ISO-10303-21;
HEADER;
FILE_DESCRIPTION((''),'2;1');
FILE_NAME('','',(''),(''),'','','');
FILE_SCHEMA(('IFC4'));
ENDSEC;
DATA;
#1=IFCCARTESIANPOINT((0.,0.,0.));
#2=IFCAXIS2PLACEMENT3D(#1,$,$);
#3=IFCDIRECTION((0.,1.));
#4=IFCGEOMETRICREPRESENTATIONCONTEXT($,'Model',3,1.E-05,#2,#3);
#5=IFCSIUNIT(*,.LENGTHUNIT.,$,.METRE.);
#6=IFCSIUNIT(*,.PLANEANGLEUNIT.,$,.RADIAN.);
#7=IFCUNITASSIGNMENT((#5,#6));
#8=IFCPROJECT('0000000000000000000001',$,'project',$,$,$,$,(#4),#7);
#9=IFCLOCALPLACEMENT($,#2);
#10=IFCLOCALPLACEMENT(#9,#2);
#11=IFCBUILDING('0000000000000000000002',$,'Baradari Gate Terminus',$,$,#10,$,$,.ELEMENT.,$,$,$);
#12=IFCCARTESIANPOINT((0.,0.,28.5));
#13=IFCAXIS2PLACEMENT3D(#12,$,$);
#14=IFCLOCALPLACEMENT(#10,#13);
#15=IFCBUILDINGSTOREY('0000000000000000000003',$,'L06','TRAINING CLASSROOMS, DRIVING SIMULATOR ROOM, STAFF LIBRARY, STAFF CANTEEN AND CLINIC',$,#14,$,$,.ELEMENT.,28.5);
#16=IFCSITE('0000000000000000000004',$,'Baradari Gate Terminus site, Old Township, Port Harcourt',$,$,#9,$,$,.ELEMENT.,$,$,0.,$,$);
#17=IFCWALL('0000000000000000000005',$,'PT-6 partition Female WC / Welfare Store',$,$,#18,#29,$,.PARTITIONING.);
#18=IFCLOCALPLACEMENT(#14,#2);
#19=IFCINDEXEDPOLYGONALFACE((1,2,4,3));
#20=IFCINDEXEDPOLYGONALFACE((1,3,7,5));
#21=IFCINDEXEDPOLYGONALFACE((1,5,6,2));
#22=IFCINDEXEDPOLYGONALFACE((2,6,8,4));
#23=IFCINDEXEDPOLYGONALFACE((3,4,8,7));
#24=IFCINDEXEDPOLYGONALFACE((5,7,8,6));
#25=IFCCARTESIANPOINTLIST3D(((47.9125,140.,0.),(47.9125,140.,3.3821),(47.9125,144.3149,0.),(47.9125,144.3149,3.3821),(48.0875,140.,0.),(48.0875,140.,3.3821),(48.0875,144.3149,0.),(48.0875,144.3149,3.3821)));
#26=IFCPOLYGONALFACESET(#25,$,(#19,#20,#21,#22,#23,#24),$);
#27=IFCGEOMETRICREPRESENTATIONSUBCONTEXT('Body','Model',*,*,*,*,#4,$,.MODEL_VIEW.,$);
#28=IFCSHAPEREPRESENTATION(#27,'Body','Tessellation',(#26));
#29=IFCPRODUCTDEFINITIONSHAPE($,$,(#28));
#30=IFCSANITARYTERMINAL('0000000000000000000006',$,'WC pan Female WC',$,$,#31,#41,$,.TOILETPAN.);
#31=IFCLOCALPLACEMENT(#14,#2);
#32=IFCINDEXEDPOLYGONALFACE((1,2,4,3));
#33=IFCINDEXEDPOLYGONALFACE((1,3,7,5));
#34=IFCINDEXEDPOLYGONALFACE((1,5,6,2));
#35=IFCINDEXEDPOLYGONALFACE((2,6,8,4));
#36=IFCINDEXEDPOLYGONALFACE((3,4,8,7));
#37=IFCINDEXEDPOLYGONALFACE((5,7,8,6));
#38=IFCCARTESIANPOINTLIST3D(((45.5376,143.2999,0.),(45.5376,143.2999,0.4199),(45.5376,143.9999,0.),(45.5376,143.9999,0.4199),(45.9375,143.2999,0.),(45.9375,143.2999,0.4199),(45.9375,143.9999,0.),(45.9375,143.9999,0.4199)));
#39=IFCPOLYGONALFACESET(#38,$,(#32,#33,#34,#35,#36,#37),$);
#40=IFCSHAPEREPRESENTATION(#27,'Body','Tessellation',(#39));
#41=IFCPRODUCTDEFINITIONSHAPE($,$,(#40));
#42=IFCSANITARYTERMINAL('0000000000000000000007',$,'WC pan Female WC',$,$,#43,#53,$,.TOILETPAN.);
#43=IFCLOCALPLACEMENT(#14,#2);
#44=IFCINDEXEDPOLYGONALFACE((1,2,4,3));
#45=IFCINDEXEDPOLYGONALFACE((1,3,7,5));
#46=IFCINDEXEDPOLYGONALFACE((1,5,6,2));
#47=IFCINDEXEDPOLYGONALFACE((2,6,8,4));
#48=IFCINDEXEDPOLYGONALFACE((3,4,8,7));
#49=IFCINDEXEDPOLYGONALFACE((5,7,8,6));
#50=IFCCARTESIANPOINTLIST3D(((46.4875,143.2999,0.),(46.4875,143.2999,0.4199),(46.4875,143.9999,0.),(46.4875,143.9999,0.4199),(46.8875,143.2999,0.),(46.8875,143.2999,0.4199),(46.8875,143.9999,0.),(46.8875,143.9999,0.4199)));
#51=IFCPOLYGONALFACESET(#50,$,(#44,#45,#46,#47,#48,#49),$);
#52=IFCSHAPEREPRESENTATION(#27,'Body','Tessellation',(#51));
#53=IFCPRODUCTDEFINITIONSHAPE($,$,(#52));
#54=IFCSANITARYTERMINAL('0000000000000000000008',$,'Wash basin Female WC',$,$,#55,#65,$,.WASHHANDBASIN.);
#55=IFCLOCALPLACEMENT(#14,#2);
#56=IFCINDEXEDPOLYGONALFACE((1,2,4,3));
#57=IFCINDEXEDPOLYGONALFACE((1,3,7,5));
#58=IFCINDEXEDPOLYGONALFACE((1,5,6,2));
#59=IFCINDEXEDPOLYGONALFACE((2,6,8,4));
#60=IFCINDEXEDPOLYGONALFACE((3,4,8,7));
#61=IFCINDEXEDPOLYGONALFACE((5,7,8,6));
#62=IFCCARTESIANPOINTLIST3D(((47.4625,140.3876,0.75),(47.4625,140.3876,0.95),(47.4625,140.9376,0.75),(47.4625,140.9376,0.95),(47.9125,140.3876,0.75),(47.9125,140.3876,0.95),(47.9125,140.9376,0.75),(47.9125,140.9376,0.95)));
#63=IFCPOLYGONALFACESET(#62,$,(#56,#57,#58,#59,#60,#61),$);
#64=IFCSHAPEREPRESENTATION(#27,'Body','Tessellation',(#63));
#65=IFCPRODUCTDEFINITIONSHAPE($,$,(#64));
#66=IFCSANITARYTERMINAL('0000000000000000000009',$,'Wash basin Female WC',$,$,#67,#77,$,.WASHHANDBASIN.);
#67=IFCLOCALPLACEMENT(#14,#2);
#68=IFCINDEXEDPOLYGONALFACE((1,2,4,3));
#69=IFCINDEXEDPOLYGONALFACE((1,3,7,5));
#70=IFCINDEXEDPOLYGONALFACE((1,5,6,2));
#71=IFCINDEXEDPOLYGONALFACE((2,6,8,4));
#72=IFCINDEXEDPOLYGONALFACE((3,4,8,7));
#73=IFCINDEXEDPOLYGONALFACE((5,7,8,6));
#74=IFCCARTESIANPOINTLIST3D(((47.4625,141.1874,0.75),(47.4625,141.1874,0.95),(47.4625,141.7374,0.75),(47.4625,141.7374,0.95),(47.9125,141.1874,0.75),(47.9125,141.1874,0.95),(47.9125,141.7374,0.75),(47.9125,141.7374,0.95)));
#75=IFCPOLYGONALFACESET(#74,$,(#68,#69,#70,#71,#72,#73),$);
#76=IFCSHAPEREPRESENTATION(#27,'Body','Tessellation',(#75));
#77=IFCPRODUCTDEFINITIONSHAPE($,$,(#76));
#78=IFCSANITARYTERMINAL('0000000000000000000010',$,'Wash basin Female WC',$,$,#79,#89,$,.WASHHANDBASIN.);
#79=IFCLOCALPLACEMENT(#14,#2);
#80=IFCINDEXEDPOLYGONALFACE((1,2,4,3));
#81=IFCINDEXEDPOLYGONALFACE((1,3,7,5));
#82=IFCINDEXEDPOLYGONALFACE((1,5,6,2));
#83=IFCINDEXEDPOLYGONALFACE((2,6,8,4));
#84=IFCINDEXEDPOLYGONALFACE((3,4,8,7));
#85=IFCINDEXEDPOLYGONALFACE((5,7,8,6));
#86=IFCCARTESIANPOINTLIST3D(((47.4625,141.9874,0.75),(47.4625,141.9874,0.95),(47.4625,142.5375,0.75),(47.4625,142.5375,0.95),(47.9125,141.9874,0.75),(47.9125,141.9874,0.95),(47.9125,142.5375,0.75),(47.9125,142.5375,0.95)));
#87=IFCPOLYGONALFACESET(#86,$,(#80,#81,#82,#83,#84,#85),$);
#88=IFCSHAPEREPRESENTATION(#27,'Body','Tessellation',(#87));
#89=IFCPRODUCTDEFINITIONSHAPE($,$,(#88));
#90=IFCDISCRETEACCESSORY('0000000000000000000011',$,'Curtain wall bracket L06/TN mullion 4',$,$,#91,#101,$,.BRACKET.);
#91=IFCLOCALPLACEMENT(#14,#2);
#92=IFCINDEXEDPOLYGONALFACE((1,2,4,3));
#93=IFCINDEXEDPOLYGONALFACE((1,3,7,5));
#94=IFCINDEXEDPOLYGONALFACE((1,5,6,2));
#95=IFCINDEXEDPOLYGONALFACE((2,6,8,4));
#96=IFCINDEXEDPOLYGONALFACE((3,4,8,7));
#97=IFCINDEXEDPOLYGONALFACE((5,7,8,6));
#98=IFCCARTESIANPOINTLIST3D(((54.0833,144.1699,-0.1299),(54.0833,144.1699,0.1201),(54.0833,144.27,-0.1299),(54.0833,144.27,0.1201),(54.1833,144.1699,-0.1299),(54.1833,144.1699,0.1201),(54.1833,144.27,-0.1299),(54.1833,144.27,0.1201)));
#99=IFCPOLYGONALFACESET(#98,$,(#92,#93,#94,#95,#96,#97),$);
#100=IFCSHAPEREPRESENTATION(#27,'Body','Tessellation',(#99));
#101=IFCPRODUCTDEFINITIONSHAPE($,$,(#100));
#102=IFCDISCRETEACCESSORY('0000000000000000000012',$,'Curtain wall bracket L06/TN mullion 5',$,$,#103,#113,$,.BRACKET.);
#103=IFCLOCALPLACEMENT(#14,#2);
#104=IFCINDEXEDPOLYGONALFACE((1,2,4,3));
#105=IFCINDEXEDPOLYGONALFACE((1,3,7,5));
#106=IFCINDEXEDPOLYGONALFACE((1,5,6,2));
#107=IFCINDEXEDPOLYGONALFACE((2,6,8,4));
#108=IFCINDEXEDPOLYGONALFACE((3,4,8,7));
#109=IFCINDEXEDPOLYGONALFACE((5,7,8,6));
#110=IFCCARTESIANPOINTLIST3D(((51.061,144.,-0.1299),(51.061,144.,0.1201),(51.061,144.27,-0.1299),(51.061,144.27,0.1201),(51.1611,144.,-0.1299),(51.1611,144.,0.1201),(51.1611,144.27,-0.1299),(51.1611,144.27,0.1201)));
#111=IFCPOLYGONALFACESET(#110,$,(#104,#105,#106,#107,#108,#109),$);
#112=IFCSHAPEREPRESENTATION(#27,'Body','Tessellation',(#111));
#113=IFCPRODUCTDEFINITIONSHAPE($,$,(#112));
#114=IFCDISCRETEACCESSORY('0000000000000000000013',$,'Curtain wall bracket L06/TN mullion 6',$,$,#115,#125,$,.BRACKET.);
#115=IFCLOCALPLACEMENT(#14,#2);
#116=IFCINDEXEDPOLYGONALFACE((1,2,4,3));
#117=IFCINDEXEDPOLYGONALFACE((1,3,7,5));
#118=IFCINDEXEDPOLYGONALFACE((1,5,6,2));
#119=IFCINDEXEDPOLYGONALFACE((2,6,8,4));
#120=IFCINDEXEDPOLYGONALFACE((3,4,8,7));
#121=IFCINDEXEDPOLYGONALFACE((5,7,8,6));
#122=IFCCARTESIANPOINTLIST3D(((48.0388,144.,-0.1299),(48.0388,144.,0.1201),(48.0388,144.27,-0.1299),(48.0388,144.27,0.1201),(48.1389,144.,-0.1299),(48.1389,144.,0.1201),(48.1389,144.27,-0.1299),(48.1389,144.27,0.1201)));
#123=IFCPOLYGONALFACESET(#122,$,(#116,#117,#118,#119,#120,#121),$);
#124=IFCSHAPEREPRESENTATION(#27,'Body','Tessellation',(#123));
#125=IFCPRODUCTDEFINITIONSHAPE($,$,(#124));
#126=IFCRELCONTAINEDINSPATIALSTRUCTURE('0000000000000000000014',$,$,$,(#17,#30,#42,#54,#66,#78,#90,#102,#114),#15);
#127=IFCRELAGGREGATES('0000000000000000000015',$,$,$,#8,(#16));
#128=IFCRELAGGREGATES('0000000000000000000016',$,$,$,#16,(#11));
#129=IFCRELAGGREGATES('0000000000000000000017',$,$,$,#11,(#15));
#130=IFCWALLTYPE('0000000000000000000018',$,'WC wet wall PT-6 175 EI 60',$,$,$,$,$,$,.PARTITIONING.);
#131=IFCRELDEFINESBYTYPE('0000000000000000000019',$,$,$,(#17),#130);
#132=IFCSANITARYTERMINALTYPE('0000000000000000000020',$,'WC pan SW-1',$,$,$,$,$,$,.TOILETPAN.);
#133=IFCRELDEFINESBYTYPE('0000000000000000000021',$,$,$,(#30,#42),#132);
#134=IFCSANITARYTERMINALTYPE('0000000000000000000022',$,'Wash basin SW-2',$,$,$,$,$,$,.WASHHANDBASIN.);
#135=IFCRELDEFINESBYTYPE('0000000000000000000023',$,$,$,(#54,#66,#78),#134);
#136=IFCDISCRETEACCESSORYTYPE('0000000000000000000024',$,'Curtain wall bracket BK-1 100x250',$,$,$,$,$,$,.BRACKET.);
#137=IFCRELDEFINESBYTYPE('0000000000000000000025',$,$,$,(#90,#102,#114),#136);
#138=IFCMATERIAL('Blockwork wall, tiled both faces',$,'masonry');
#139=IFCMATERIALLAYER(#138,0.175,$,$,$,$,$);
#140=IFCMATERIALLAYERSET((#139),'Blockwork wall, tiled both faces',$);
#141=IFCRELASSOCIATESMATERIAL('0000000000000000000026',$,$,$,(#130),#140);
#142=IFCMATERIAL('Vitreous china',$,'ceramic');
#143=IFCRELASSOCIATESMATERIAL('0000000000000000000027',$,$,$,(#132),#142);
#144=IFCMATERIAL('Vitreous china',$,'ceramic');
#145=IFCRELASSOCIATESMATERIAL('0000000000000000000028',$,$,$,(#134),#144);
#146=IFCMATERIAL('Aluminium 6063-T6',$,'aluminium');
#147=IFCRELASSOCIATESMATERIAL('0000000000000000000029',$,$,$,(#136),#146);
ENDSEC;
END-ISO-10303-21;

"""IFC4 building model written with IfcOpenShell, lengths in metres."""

from ifc_helpers import new_model, si_unit, direction, frame, frame_2d, origin, origin_2d, place, context, subcontext, project, spatial, rectangle, extrude, material, layer, layer_set, type_object, element, save


model = new_model("IFC4")

# Units and contexts
model_context = context("Model", 3, precision=1e-05, world=origin(), true_north=direction((0.0, 1.0)))
body_context = subcontext(model_context, "Body", "Model", "MODEL_VIEW")
ifc_project = project(units=[si_unit("LENGTHUNIT", "METRE"), si_unit("PLANEANGLEUNIT", "RADIAN")], contexts=[model_context])

# Site, building, storey
site_placement = place(None, origin())
site = spatial("IfcSite", under=ifc_project, at=site_placement, Name="Baradari Gate Terminus site, Old Township, Port Harcourt", CompositionType="ELEMENT", RefElevation=0.0)
building_placement = place(site_placement, origin())
building = spatial("IfcBuilding", under=site, at=building_placement, Name="Baradari Gate Terminus", CompositionType="ELEMENT")
storey_placement = place(building_placement, frame((0.0, 0.0, 28.5)))
storey = spatial("IfcBuildingStorey", under=building, at=storey_placement, Name="L06", Description="TRAINING CLASSROOMS, DRIVING SIMULATOR ROOM, STAFF LIBRARY, STAFF CANTEEN AND CLINIC", CompositionType="ELEMENT", Elevation=28.5)

# Wall
ifc_material_1 = material(Name="Blockwork wall, tiled both faces", Category="masonry")
ifc_layer_1 = layer(ifc_material_1, 0.175)
ifc_layer_set_1 = layer_set([ifc_layer_1], Name="Blockwork wall, tiled both faces")
wall_type_1 = type_object("IfcWallType", Name="WC wet wall PT-6 175 EI 60", PredefinedType="PARTITIONING", material=ifc_layer_set_1)
wall_1_placement = place(storey_placement, frame((48.0, 144.3149, 0.0), z_axis=(0.0, 0.0, 1.0), x_axis=(0.0, -1.0, 0.0)))
element("IfcWall", 1, at=wall_1_placement, inside=storey, type_object=wall_type_1, Name="PT-6 partition Female WC / Welfare Store", PredefinedType="PARTITIONING", context=body_context, shape_type="SweptSolid", body=[
    extrude(rectangle(XDim=4.3149, YDim=0.175, at=frame_2d((2.1575, 0.0))), origin(), (0.0, 0.0, 1.0), 3.3821),
])

# Sanitary terminals
ifc_material_2 = material(Name="Vitreous china", Category="ceramic")
sanitary_terminal_type_1 = type_object("IfcSanitaryTerminalType", Name="WC pan SW-1", PredefinedType="TOILETPAN", material=ifc_material_2)
for number, where, z_axis, x_axis, name in (
    (2, (45.7375, 143.6499, 0.0), (0.0, 0.0, 1.0), (1.0, 0.0, 0.0), "WC pan Female WC"),
    (3, (46.6875, 143.6499, 0.0), (0.0, 0.0, 1.0), (1.0, 0.0, 0.0), "WC pan Female WC"),
):
    element("IfcSanitaryTerminal", number, at=place(storey_placement, frame(where, z_axis=z_axis, x_axis=x_axis)), inside=storey, type_object=sanitary_terminal_type_1, Name=name, PredefinedType="TOILETPAN", context=body_context, shape_type="SweptSolid", body=[
        extrude(rectangle(XDim=0.3999, YDim=0.7, at=origin_2d()), origin(), (0.0, 0.0, 1.0), 0.4199),
    ])
ifc_material_3 = material(Name="Vitreous china", Category="ceramic")
sanitary_terminal_type_2 = type_object("IfcSanitaryTerminalType", Name="Wash basin SW-2", PredefinedType="WASHHANDBASIN", material=ifc_material_3)
for number, where, z_axis, x_axis, name in (
    (4, (47.6875, 140.6626, 0.75), (0.0, 0.0, 1.0), (1.0, 0.0, 0.0), "Wash basin Female WC"),
    (5, (47.6875, 141.4624, 0.75), (0.0, 0.0, 1.0), (1.0, 0.0, 0.0), "Wash basin Female WC"),
    (6, (47.6875, 142.2625, 0.75), (0.0, 0.0, 1.0), (1.0, 0.0, 0.0), "Wash basin Female WC"),
):
    element("IfcSanitaryTerminal", number, at=place(storey_placement, frame(where, z_axis=z_axis, x_axis=x_axis)), inside=storey, type_object=sanitary_terminal_type_2, Name=name, PredefinedType="WASHHANDBASIN", context=body_context, shape_type="SweptSolid", body=[
        extrude(rectangle(XDim=0.45, YDim=0.55, at=origin_2d()), origin(), (0.0, 0.0, 1.0), 0.2),
    ])

# Discrete accessories
ifc_material_4 = material(Name="Aluminium 6063-T6", Category="aluminium")
discrete_accessory_type = type_object("IfcDiscreteAccessoryType", Name="Curtain wall bracket BK-1 100x250", PredefinedType="BRACKET", material=ifc_material_4)
discrete_accessory_placement = place(storey_placement, frame((54.1333, 144.22, -0.1299), z_axis=(0.0, 0.0, 1.0), x_axis=(0.0, 1.0, 0.0)))
element("IfcDiscreteAccessory", 7, at=discrete_accessory_placement, inside=storey, type_object=discrete_accessory_type, Name="Curtain wall bracket L06/TN mullion 4", PredefinedType="BRACKET", context=body_context, shape_type="SweptSolid", body=[
    extrude(rectangle(XDim=0.1001, YDim=0.1001, at=origin_2d()), origin(), (0.0, 0.0, 1.0), 0.25),
])
for number, where, z_axis, x_axis, name in (
    (8, (51.1111, 144.135, -0.1299), (0.0, 0.0, 1.0), (0.0, 1.0, 0.0), "Curtain wall bracket L06/TN mullion 5"),
    (9, (48.0889, 144.135, -0.1299), (0.0, 0.0, 1.0), (0.0, 1.0, 0.0), "Curtain wall bracket L06/TN mullion 6"),
):
    element("IfcDiscreteAccessory", number, at=place(storey_placement, frame(where, z_axis=z_axis, x_axis=x_axis)), inside=storey, type_object=discrete_accessory_type, Name=name, PredefinedType="BRACKET", context=body_context, shape_type="SweptSolid", body=[
        extrude(rectangle(XDim=0.27, YDim=0.1001, at=origin_2d()), origin(), (0.0, 0.0, 1.0), 0.25),
    ])

save(model, "model.ifc")
